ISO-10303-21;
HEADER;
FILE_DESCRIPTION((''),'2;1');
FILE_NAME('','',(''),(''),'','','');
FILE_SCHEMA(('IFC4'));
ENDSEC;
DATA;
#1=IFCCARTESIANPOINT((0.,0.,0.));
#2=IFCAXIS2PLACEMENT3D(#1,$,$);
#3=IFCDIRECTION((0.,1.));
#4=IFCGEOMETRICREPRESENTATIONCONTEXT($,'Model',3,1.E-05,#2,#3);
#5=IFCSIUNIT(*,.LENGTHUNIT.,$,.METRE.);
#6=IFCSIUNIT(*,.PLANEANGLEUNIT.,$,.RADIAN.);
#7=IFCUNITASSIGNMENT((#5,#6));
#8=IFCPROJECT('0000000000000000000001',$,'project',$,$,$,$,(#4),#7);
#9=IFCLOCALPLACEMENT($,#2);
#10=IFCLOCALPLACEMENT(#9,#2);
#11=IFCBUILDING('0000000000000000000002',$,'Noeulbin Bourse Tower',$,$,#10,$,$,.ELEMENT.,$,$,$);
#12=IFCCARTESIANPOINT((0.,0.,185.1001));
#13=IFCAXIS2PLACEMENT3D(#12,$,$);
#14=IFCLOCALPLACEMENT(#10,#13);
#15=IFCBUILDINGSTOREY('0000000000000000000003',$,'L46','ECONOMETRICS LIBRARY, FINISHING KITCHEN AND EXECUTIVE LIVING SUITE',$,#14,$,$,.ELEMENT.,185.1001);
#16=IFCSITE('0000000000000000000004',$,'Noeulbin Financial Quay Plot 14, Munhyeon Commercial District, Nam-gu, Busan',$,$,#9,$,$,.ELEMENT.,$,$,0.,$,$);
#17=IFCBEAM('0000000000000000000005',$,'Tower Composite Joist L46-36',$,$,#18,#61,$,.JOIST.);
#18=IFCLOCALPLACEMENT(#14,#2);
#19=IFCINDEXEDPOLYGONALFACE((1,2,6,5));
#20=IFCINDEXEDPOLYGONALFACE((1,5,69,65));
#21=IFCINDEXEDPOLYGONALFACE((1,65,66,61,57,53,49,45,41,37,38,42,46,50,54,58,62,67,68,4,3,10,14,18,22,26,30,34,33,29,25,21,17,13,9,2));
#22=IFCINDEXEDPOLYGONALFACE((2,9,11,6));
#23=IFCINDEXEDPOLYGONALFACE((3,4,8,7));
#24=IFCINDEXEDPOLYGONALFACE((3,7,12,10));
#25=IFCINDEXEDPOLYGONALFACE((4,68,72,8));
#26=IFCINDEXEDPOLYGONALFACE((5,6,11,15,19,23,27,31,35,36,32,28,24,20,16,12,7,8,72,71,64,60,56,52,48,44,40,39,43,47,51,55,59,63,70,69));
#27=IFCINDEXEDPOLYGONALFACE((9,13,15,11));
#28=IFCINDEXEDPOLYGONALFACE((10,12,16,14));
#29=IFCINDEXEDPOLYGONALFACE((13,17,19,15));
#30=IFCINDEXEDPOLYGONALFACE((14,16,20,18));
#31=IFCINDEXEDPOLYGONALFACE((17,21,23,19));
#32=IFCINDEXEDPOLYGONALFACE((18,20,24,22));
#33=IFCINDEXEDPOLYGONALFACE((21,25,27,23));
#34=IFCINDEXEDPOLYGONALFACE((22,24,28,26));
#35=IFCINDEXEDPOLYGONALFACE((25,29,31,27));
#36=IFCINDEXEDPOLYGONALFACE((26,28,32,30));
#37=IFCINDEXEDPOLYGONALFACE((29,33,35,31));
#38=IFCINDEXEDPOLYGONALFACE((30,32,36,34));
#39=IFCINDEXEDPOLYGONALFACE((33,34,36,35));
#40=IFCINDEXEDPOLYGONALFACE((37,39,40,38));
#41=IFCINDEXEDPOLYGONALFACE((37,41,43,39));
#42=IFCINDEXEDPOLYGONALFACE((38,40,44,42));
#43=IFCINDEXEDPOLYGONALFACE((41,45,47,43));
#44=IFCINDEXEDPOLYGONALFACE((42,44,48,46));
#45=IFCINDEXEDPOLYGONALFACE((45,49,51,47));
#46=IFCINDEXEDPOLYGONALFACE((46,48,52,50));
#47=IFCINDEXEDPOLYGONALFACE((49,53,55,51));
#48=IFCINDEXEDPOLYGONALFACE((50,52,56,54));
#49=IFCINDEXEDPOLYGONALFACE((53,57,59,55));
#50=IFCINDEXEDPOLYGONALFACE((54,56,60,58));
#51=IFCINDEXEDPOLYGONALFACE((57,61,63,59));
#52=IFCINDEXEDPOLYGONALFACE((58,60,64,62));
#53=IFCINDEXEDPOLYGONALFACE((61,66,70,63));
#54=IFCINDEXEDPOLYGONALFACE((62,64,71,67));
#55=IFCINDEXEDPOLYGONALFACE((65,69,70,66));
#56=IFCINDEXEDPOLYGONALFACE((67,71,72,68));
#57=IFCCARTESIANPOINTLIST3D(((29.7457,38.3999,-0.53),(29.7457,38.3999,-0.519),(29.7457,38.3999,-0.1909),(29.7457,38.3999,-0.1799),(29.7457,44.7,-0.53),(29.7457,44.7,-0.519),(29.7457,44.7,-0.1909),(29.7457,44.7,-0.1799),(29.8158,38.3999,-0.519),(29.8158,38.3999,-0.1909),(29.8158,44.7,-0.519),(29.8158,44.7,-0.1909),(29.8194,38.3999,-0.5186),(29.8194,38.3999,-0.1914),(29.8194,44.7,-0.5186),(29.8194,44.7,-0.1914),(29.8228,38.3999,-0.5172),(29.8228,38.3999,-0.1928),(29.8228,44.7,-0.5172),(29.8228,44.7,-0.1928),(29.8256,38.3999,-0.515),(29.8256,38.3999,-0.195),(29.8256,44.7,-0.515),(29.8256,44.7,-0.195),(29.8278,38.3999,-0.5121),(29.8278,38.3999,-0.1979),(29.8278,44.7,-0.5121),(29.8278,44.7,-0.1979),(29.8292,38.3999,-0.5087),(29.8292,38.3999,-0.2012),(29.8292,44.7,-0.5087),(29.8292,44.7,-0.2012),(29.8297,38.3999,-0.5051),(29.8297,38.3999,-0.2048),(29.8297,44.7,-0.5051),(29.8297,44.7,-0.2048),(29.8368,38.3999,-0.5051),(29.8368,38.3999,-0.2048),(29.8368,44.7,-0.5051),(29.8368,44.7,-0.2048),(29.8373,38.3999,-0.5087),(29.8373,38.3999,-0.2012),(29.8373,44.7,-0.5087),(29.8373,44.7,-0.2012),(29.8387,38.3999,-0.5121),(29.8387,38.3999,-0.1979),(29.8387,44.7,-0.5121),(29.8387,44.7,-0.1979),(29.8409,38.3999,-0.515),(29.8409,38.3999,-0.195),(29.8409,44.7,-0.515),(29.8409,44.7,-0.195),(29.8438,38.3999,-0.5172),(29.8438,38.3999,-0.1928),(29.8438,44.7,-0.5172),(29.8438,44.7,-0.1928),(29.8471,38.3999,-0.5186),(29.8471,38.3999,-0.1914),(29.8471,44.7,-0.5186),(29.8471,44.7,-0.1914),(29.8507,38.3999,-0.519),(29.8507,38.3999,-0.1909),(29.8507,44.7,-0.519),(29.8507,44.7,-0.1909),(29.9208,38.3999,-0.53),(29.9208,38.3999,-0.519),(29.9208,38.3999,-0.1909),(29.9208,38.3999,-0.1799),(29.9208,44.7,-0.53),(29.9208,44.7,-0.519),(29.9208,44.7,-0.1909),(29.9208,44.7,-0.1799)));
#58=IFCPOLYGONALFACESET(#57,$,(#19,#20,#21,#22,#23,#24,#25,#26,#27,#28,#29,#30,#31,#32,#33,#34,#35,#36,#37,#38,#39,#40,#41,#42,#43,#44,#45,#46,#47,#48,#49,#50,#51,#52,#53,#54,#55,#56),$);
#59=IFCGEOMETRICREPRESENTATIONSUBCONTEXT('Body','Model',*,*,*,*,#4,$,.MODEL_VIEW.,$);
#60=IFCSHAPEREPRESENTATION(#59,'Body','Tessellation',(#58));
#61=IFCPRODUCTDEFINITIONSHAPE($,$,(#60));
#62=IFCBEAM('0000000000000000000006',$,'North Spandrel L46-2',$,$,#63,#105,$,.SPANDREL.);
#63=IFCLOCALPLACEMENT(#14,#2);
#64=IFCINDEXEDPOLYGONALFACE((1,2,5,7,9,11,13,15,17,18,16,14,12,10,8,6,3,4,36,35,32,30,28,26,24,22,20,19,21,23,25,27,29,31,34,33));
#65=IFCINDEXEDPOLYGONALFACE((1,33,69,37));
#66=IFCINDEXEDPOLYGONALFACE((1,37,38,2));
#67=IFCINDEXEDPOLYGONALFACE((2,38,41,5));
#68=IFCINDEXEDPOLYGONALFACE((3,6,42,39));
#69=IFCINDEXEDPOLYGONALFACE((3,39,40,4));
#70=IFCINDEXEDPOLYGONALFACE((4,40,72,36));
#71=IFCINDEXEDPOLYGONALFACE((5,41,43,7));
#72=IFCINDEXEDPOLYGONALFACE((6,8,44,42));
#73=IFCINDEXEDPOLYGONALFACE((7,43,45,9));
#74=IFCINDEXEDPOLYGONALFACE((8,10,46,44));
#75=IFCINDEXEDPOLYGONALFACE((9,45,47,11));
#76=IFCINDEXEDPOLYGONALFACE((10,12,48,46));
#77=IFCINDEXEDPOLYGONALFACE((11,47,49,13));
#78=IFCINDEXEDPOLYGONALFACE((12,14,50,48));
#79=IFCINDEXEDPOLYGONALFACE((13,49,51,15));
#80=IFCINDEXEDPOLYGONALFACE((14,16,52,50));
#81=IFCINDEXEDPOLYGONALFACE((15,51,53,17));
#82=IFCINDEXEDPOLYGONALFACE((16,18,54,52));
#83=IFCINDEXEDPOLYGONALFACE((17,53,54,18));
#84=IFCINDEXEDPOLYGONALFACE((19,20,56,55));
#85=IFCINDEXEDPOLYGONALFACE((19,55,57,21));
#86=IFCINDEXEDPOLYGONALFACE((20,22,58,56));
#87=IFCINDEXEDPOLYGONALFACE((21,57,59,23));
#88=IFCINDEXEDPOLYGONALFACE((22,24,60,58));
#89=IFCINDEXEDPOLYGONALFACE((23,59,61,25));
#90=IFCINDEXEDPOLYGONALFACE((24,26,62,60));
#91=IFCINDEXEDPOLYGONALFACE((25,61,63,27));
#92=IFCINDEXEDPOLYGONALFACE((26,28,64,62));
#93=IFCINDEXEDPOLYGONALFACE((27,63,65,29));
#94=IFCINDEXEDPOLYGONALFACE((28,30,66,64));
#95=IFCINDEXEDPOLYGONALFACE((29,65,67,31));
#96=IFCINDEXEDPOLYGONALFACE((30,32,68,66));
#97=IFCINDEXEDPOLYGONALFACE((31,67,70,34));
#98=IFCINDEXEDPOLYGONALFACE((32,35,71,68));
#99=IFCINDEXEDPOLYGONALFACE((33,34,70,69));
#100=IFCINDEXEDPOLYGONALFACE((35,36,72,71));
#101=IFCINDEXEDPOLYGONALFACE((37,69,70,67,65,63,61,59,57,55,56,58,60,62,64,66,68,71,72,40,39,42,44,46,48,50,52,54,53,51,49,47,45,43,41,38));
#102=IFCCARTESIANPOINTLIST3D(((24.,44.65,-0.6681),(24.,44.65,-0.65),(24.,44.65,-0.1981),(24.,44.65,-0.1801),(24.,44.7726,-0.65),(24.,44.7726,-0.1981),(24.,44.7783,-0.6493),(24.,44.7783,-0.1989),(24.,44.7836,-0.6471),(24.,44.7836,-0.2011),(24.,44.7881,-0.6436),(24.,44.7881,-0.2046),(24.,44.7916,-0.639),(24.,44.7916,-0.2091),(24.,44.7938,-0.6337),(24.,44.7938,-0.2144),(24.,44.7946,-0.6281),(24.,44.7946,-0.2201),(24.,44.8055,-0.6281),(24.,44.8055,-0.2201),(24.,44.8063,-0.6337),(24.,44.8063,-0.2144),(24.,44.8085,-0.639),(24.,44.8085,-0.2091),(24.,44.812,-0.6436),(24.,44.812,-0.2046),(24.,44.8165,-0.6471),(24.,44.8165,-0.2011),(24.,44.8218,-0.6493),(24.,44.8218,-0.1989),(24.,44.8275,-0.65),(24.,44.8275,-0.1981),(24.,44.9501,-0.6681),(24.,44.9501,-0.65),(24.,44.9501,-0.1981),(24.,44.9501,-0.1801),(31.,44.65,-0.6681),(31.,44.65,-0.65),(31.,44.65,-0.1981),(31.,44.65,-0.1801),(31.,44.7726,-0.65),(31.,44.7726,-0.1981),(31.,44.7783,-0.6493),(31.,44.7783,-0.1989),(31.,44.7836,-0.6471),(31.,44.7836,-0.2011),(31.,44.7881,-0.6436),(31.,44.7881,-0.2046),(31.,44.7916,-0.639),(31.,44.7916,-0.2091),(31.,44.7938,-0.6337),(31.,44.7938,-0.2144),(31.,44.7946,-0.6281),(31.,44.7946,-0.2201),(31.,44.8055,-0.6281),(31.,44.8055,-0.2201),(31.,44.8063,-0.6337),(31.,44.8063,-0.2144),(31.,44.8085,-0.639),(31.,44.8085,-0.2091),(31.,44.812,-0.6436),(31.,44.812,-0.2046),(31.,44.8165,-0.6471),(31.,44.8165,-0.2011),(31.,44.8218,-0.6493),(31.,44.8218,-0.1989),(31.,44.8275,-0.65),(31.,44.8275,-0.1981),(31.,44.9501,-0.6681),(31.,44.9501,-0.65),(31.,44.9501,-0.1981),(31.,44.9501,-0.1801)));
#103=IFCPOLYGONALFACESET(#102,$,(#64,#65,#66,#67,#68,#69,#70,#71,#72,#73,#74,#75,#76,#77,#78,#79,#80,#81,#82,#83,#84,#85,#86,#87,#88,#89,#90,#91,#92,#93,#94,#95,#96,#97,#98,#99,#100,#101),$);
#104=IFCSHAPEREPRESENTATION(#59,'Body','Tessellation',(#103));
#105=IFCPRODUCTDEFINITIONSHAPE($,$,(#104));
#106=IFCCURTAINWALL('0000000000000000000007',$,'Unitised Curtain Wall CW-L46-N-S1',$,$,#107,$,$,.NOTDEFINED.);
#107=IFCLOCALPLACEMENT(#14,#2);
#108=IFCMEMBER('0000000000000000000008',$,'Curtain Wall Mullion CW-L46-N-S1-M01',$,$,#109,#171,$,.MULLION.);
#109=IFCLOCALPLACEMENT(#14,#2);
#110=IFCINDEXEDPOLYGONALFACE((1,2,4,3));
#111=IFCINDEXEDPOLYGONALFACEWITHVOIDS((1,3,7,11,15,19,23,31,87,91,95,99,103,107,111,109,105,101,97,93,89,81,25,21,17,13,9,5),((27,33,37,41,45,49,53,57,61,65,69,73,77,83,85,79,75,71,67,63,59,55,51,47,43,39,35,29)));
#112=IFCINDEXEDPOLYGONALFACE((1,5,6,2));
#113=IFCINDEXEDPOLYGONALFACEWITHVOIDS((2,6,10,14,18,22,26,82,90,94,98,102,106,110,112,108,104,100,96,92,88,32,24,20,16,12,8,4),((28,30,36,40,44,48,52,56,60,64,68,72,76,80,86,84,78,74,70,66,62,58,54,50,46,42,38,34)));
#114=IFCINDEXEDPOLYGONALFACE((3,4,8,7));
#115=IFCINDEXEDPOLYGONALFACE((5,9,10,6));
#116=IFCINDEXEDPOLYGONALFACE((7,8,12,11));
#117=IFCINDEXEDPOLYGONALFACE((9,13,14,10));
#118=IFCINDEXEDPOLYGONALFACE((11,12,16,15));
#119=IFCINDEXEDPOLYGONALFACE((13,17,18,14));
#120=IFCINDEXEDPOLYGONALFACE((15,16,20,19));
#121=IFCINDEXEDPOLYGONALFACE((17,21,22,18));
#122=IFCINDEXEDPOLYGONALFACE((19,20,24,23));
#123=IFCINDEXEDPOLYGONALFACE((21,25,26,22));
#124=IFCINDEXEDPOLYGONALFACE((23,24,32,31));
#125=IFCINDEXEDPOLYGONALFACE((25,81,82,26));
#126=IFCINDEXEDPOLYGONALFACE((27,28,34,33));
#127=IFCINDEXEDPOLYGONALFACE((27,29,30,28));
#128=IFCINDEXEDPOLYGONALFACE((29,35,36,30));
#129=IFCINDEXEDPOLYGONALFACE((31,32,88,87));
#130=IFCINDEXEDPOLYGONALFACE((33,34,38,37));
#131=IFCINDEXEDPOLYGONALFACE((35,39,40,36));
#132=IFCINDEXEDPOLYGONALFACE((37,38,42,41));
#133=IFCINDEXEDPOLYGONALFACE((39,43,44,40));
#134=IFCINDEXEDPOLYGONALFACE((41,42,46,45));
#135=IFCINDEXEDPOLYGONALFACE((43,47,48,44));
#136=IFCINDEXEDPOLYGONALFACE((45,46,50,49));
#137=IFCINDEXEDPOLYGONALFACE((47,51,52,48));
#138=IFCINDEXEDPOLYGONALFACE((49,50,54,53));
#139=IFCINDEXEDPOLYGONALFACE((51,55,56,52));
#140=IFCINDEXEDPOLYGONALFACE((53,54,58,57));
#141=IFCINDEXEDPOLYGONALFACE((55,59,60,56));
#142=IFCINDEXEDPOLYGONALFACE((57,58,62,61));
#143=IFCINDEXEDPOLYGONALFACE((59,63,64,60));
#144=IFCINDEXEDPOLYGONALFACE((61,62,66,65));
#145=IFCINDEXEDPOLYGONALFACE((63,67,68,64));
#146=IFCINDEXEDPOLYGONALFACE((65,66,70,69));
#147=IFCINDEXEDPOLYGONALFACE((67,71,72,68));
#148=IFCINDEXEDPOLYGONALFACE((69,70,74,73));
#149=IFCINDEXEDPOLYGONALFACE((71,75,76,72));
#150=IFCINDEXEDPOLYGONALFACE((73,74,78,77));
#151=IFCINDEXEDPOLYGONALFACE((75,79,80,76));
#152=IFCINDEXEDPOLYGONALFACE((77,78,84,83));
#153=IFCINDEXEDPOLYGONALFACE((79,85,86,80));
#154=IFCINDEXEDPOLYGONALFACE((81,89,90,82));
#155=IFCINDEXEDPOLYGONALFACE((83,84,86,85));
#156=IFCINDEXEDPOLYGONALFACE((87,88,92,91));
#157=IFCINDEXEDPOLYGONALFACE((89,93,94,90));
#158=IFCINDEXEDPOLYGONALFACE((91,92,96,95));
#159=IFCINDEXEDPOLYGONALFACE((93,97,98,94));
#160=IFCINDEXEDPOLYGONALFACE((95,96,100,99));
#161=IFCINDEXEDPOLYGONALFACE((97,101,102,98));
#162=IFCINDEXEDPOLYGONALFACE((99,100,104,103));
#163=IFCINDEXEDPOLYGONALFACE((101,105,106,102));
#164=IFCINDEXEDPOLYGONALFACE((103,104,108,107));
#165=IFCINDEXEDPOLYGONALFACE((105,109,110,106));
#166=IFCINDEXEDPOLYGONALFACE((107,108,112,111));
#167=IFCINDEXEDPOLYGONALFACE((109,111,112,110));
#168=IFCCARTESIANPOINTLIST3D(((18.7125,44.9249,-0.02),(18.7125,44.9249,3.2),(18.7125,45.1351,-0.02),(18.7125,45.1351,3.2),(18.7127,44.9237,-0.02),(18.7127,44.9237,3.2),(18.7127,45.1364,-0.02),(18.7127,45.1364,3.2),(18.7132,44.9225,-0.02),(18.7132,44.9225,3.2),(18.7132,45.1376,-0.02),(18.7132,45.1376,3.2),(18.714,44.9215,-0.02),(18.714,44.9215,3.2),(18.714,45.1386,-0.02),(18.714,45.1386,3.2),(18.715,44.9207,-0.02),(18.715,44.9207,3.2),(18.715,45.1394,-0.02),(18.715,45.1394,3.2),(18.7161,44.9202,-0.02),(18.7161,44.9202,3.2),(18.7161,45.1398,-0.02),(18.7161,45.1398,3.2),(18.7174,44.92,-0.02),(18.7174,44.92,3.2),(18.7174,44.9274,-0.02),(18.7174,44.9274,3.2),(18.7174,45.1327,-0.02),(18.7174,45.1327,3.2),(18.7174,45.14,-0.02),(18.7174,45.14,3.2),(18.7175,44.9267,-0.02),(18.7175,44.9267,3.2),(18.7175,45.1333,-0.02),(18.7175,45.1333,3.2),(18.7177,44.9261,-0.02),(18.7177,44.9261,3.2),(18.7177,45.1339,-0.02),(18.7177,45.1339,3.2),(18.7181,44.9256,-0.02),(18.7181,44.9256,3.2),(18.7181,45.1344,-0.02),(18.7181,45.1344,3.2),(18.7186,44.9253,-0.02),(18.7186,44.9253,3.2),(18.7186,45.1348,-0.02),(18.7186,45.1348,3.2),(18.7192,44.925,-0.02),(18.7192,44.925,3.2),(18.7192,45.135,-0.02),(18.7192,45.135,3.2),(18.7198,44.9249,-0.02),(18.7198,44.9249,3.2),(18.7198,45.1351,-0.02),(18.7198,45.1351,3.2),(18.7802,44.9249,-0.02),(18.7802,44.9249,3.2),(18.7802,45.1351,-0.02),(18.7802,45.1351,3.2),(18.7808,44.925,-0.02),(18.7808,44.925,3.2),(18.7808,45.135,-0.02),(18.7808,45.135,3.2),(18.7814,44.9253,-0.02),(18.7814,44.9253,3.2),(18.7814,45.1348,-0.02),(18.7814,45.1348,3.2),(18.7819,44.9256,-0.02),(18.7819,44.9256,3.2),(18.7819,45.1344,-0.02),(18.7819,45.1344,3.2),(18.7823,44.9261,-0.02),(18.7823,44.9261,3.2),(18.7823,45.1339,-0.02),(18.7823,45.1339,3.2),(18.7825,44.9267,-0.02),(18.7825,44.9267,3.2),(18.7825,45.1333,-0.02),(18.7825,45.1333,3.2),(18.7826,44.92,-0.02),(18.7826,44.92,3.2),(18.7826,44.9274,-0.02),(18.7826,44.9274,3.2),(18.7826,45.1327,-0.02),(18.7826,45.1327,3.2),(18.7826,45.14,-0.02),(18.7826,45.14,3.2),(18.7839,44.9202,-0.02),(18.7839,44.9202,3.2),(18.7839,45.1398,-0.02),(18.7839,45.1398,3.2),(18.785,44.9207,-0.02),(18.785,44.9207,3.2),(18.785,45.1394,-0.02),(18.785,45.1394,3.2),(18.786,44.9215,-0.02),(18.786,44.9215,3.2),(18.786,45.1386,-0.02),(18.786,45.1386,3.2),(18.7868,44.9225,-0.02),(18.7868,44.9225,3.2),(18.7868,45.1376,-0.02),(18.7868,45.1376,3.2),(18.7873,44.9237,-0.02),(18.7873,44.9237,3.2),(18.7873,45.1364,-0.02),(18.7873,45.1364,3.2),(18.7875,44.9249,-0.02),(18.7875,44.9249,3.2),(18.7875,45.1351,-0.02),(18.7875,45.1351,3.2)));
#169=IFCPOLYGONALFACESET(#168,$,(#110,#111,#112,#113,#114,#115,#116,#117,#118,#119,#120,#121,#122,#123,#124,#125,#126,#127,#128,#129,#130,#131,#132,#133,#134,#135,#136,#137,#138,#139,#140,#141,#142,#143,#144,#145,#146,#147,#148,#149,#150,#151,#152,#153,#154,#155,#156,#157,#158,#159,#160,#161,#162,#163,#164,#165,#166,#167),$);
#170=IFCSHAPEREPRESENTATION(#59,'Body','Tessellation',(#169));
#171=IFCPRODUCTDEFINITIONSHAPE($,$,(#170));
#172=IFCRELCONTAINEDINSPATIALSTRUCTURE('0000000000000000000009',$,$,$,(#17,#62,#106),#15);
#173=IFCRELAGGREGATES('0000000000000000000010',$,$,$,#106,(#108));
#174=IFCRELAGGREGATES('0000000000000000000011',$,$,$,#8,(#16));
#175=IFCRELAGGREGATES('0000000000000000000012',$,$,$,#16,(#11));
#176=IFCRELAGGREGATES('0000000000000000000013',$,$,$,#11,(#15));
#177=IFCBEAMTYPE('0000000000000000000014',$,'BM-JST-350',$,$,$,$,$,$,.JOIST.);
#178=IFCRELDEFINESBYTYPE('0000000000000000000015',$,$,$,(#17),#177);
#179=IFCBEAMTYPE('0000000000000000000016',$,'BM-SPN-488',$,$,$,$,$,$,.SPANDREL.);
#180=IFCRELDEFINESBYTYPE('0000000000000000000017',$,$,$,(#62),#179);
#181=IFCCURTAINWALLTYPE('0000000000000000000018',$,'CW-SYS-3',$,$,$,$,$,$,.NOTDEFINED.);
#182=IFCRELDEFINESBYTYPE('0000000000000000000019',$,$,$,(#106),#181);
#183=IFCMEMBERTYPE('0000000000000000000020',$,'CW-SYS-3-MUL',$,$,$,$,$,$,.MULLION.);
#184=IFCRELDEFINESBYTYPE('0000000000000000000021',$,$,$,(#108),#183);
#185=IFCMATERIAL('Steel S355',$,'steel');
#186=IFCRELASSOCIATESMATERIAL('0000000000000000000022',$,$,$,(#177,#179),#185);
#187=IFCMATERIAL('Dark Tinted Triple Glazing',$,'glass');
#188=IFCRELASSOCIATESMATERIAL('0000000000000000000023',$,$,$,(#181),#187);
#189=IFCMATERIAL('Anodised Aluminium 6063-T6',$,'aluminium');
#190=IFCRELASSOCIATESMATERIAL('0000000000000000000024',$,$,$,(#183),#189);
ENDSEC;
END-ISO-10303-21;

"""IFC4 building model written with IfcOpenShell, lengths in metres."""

from ifc_helpers import new_model, si_unit, direction, frame, origin, origin_2d, place, context, subcontext, project, spatial, hollow_rectangle, i_section, extrude, material, material_profile, profile_set, type_object, element, aggregate, save


model = new_model("IFC4")

# Units and contexts
model_context = context("Model", 3, precision=1e-05, world=origin(), true_north=direction((0.0, 1.0)))
body_context = subcontext(model_context, "Body", "Model", "MODEL_VIEW")
ifc_project = project(units=[si_unit("LENGTHUNIT", "METRE"), si_unit("PLANEANGLEUNIT", "RADIAN")], contexts=[model_context])

# Site, building, storey
site_placement = place(None, origin())
site = spatial("IfcSite", under=ifc_project, at=site_placement, Name="Noeulbin Financial Quay Plot 14, Munhyeon Commercial District, Nam-gu, Busan", CompositionType="ELEMENT", RefElevation=0.0)
building_placement = place(site_placement, origin())
building = spatial("IfcBuilding", under=site, at=building_placement, Name="Noeulbin Bourse Tower", CompositionType="ELEMENT")
storey_placement = place(building_placement, frame((0.0, 0.0, 185.1001)))
storey = spatial("IfcBuildingStorey", under=building, at=storey_placement, Name="L46", Description="ECONOMETRICS LIBRARY, FINISHING KITCHEN AND EXECUTIVE LIVING SUITE", CompositionType="ELEMENT", Elevation=185.1001)

# Shared definitions
ifc_material_1 = material(Name="Steel S355", Category="steel")

# Beams
ifc_material_profile_1 = material_profile(ifc_material_1, i_section(OverallWidth=0.175, OverallDepth=0.3501, WebThickness=0.0071, FlangeThickness=0.011, FilletRadius=0.0139, at=origin_2d()), Name="H-350x175x7x11", Category="LoadBearing")
ifc_profile_set_1 = profile_set([ifc_material_profile_1], Name="Steel S355")
beam_type_1 = type_object("IfcBeamType", Name="BM-JST-350", PredefinedType="JOIST", material=ifc_profile_set_1)
for number, where, z_axis, x_axis, name in (
    (1, (29.8333, 38.3999, -0.355), (0.0, 1.0, 0.0), (-1.0, 0.0, 0.0), "Tower Composite Joist L46-36"),
):
    element("IfcBeam", number, at=place(storey_placement, frame(where, z_axis=z_axis, x_axis=x_axis)), inside=storey, type_object=beam_type_1, Name=name, PredefinedType="JOIST", context=body_context, shape_type="SweptSolid", body=[
        extrude(i_section(OverallWidth=0.175, OverallDepth=0.3501, WebThickness=0.0071, FlangeThickness=0.011, FilletRadius=0.0139, at=origin_2d()), origin(), (0.0, 0.0, 1.0), 6.3),
    ])
ifc_material_profile_2 = material_profile(ifc_material_1, i_section(OverallWidth=0.3, OverallDepth=0.488, WebThickness=0.011, FlangeThickness=0.0181, FilletRadius=0.022, at=origin_2d()), Name="H-488x300x11x18", Category="LoadBearing")
ifc_profile_set_2 = profile_set([ifc_material_profile_2], Name="Steel S355")
beam_type_2 = type_object("IfcBeamType", Name="BM-SPN-488", PredefinedType="SPANDREL", material=ifc_profile_set_2)
beam_placement = place(storey_placement, frame((24.0, 44.8, -0.4241), z_axis=(1.0, 0.0, 0.0), x_axis=(0.0, 1.0, 0.0)))
element("IfcBeam", 2, at=beam_placement, inside=storey, type_object=beam_type_2, Name="North Spandrel L46-2", PredefinedType="SPANDREL", context=body_context, shape_type="SweptSolid", body=[
    extrude(i_section(OverallWidth=0.3, OverallDepth=0.488, WebThickness=0.011, FlangeThickness=0.0181, FilletRadius=0.022, at=origin_2d()), origin(), (0.0, 0.0, 1.0), 7.0),
])

# Curtain wall, member
ifc_material_2 = material(Name="Dark Tinted Triple Glazing", Category="glass")
curtain_wall_type = type_object("IfcCurtainWallType", Name="CW-SYS-3", PredefinedType="NOTDEFINED", material=ifc_material_2)
curtain_wall_1_placement = place(storey_placement, origin())
curtain_wall_1 = element("IfcCurtainWall", 3, at=curtain_wall_1_placement, inside=storey, type_object=curtain_wall_type, Name="Unitised Curtain Wall CW-L46-N-S1", PredefinedType="NOTDEFINED")
ifc_material_3 = material(Name="Anodised Aluminium 6063-T6", Category="aluminium")
ifc_material_profile_3 = material_profile(ifc_material_3, hollow_rectangle(XDim=0.075, YDim=0.22, WallThickness=0.0049, InnerFilletRadius=0.0024, OuterFilletRadius=0.0049, at=origin_2d()), Name="ALU-MULL-75x220x5", Category="LoadBearing")
ifc_profile_set_3 = profile_set([ifc_material_profile_3], Name="Anodised Aluminium 6063-T6")
member_type_1 = type_object("IfcMemberType", Name="CW-SYS-3-MUL", PredefinedType="MULLION", material=ifc_profile_set_3)
member_1_placement = place(storey_placement, frame((18.75, 45.03, -0.02), z_axis=(0.0, 0.0, 1.0), x_axis=(1.0, 0.0, 0.0)))
member_1 = element("IfcMember", 4, at=member_1_placement, type_object=member_type_1, Name="Curtain Wall Mullion CW-L46-N-S1-M01", PredefinedType="MULLION", context=body_context, shape_type="SweptSolid", body=[
    extrude(hollow_rectangle(XDim=0.075, YDim=0.22, WallThickness=0.0049, InnerFilletRadius=0.0024, OuterFilletRadius=0.0049, at=origin_2d()), origin(), (0.0, 0.0, 1.0), 3.22),
])

aggregate(curtain_wall_1, [member_1])

save(model, "model.ifc")
